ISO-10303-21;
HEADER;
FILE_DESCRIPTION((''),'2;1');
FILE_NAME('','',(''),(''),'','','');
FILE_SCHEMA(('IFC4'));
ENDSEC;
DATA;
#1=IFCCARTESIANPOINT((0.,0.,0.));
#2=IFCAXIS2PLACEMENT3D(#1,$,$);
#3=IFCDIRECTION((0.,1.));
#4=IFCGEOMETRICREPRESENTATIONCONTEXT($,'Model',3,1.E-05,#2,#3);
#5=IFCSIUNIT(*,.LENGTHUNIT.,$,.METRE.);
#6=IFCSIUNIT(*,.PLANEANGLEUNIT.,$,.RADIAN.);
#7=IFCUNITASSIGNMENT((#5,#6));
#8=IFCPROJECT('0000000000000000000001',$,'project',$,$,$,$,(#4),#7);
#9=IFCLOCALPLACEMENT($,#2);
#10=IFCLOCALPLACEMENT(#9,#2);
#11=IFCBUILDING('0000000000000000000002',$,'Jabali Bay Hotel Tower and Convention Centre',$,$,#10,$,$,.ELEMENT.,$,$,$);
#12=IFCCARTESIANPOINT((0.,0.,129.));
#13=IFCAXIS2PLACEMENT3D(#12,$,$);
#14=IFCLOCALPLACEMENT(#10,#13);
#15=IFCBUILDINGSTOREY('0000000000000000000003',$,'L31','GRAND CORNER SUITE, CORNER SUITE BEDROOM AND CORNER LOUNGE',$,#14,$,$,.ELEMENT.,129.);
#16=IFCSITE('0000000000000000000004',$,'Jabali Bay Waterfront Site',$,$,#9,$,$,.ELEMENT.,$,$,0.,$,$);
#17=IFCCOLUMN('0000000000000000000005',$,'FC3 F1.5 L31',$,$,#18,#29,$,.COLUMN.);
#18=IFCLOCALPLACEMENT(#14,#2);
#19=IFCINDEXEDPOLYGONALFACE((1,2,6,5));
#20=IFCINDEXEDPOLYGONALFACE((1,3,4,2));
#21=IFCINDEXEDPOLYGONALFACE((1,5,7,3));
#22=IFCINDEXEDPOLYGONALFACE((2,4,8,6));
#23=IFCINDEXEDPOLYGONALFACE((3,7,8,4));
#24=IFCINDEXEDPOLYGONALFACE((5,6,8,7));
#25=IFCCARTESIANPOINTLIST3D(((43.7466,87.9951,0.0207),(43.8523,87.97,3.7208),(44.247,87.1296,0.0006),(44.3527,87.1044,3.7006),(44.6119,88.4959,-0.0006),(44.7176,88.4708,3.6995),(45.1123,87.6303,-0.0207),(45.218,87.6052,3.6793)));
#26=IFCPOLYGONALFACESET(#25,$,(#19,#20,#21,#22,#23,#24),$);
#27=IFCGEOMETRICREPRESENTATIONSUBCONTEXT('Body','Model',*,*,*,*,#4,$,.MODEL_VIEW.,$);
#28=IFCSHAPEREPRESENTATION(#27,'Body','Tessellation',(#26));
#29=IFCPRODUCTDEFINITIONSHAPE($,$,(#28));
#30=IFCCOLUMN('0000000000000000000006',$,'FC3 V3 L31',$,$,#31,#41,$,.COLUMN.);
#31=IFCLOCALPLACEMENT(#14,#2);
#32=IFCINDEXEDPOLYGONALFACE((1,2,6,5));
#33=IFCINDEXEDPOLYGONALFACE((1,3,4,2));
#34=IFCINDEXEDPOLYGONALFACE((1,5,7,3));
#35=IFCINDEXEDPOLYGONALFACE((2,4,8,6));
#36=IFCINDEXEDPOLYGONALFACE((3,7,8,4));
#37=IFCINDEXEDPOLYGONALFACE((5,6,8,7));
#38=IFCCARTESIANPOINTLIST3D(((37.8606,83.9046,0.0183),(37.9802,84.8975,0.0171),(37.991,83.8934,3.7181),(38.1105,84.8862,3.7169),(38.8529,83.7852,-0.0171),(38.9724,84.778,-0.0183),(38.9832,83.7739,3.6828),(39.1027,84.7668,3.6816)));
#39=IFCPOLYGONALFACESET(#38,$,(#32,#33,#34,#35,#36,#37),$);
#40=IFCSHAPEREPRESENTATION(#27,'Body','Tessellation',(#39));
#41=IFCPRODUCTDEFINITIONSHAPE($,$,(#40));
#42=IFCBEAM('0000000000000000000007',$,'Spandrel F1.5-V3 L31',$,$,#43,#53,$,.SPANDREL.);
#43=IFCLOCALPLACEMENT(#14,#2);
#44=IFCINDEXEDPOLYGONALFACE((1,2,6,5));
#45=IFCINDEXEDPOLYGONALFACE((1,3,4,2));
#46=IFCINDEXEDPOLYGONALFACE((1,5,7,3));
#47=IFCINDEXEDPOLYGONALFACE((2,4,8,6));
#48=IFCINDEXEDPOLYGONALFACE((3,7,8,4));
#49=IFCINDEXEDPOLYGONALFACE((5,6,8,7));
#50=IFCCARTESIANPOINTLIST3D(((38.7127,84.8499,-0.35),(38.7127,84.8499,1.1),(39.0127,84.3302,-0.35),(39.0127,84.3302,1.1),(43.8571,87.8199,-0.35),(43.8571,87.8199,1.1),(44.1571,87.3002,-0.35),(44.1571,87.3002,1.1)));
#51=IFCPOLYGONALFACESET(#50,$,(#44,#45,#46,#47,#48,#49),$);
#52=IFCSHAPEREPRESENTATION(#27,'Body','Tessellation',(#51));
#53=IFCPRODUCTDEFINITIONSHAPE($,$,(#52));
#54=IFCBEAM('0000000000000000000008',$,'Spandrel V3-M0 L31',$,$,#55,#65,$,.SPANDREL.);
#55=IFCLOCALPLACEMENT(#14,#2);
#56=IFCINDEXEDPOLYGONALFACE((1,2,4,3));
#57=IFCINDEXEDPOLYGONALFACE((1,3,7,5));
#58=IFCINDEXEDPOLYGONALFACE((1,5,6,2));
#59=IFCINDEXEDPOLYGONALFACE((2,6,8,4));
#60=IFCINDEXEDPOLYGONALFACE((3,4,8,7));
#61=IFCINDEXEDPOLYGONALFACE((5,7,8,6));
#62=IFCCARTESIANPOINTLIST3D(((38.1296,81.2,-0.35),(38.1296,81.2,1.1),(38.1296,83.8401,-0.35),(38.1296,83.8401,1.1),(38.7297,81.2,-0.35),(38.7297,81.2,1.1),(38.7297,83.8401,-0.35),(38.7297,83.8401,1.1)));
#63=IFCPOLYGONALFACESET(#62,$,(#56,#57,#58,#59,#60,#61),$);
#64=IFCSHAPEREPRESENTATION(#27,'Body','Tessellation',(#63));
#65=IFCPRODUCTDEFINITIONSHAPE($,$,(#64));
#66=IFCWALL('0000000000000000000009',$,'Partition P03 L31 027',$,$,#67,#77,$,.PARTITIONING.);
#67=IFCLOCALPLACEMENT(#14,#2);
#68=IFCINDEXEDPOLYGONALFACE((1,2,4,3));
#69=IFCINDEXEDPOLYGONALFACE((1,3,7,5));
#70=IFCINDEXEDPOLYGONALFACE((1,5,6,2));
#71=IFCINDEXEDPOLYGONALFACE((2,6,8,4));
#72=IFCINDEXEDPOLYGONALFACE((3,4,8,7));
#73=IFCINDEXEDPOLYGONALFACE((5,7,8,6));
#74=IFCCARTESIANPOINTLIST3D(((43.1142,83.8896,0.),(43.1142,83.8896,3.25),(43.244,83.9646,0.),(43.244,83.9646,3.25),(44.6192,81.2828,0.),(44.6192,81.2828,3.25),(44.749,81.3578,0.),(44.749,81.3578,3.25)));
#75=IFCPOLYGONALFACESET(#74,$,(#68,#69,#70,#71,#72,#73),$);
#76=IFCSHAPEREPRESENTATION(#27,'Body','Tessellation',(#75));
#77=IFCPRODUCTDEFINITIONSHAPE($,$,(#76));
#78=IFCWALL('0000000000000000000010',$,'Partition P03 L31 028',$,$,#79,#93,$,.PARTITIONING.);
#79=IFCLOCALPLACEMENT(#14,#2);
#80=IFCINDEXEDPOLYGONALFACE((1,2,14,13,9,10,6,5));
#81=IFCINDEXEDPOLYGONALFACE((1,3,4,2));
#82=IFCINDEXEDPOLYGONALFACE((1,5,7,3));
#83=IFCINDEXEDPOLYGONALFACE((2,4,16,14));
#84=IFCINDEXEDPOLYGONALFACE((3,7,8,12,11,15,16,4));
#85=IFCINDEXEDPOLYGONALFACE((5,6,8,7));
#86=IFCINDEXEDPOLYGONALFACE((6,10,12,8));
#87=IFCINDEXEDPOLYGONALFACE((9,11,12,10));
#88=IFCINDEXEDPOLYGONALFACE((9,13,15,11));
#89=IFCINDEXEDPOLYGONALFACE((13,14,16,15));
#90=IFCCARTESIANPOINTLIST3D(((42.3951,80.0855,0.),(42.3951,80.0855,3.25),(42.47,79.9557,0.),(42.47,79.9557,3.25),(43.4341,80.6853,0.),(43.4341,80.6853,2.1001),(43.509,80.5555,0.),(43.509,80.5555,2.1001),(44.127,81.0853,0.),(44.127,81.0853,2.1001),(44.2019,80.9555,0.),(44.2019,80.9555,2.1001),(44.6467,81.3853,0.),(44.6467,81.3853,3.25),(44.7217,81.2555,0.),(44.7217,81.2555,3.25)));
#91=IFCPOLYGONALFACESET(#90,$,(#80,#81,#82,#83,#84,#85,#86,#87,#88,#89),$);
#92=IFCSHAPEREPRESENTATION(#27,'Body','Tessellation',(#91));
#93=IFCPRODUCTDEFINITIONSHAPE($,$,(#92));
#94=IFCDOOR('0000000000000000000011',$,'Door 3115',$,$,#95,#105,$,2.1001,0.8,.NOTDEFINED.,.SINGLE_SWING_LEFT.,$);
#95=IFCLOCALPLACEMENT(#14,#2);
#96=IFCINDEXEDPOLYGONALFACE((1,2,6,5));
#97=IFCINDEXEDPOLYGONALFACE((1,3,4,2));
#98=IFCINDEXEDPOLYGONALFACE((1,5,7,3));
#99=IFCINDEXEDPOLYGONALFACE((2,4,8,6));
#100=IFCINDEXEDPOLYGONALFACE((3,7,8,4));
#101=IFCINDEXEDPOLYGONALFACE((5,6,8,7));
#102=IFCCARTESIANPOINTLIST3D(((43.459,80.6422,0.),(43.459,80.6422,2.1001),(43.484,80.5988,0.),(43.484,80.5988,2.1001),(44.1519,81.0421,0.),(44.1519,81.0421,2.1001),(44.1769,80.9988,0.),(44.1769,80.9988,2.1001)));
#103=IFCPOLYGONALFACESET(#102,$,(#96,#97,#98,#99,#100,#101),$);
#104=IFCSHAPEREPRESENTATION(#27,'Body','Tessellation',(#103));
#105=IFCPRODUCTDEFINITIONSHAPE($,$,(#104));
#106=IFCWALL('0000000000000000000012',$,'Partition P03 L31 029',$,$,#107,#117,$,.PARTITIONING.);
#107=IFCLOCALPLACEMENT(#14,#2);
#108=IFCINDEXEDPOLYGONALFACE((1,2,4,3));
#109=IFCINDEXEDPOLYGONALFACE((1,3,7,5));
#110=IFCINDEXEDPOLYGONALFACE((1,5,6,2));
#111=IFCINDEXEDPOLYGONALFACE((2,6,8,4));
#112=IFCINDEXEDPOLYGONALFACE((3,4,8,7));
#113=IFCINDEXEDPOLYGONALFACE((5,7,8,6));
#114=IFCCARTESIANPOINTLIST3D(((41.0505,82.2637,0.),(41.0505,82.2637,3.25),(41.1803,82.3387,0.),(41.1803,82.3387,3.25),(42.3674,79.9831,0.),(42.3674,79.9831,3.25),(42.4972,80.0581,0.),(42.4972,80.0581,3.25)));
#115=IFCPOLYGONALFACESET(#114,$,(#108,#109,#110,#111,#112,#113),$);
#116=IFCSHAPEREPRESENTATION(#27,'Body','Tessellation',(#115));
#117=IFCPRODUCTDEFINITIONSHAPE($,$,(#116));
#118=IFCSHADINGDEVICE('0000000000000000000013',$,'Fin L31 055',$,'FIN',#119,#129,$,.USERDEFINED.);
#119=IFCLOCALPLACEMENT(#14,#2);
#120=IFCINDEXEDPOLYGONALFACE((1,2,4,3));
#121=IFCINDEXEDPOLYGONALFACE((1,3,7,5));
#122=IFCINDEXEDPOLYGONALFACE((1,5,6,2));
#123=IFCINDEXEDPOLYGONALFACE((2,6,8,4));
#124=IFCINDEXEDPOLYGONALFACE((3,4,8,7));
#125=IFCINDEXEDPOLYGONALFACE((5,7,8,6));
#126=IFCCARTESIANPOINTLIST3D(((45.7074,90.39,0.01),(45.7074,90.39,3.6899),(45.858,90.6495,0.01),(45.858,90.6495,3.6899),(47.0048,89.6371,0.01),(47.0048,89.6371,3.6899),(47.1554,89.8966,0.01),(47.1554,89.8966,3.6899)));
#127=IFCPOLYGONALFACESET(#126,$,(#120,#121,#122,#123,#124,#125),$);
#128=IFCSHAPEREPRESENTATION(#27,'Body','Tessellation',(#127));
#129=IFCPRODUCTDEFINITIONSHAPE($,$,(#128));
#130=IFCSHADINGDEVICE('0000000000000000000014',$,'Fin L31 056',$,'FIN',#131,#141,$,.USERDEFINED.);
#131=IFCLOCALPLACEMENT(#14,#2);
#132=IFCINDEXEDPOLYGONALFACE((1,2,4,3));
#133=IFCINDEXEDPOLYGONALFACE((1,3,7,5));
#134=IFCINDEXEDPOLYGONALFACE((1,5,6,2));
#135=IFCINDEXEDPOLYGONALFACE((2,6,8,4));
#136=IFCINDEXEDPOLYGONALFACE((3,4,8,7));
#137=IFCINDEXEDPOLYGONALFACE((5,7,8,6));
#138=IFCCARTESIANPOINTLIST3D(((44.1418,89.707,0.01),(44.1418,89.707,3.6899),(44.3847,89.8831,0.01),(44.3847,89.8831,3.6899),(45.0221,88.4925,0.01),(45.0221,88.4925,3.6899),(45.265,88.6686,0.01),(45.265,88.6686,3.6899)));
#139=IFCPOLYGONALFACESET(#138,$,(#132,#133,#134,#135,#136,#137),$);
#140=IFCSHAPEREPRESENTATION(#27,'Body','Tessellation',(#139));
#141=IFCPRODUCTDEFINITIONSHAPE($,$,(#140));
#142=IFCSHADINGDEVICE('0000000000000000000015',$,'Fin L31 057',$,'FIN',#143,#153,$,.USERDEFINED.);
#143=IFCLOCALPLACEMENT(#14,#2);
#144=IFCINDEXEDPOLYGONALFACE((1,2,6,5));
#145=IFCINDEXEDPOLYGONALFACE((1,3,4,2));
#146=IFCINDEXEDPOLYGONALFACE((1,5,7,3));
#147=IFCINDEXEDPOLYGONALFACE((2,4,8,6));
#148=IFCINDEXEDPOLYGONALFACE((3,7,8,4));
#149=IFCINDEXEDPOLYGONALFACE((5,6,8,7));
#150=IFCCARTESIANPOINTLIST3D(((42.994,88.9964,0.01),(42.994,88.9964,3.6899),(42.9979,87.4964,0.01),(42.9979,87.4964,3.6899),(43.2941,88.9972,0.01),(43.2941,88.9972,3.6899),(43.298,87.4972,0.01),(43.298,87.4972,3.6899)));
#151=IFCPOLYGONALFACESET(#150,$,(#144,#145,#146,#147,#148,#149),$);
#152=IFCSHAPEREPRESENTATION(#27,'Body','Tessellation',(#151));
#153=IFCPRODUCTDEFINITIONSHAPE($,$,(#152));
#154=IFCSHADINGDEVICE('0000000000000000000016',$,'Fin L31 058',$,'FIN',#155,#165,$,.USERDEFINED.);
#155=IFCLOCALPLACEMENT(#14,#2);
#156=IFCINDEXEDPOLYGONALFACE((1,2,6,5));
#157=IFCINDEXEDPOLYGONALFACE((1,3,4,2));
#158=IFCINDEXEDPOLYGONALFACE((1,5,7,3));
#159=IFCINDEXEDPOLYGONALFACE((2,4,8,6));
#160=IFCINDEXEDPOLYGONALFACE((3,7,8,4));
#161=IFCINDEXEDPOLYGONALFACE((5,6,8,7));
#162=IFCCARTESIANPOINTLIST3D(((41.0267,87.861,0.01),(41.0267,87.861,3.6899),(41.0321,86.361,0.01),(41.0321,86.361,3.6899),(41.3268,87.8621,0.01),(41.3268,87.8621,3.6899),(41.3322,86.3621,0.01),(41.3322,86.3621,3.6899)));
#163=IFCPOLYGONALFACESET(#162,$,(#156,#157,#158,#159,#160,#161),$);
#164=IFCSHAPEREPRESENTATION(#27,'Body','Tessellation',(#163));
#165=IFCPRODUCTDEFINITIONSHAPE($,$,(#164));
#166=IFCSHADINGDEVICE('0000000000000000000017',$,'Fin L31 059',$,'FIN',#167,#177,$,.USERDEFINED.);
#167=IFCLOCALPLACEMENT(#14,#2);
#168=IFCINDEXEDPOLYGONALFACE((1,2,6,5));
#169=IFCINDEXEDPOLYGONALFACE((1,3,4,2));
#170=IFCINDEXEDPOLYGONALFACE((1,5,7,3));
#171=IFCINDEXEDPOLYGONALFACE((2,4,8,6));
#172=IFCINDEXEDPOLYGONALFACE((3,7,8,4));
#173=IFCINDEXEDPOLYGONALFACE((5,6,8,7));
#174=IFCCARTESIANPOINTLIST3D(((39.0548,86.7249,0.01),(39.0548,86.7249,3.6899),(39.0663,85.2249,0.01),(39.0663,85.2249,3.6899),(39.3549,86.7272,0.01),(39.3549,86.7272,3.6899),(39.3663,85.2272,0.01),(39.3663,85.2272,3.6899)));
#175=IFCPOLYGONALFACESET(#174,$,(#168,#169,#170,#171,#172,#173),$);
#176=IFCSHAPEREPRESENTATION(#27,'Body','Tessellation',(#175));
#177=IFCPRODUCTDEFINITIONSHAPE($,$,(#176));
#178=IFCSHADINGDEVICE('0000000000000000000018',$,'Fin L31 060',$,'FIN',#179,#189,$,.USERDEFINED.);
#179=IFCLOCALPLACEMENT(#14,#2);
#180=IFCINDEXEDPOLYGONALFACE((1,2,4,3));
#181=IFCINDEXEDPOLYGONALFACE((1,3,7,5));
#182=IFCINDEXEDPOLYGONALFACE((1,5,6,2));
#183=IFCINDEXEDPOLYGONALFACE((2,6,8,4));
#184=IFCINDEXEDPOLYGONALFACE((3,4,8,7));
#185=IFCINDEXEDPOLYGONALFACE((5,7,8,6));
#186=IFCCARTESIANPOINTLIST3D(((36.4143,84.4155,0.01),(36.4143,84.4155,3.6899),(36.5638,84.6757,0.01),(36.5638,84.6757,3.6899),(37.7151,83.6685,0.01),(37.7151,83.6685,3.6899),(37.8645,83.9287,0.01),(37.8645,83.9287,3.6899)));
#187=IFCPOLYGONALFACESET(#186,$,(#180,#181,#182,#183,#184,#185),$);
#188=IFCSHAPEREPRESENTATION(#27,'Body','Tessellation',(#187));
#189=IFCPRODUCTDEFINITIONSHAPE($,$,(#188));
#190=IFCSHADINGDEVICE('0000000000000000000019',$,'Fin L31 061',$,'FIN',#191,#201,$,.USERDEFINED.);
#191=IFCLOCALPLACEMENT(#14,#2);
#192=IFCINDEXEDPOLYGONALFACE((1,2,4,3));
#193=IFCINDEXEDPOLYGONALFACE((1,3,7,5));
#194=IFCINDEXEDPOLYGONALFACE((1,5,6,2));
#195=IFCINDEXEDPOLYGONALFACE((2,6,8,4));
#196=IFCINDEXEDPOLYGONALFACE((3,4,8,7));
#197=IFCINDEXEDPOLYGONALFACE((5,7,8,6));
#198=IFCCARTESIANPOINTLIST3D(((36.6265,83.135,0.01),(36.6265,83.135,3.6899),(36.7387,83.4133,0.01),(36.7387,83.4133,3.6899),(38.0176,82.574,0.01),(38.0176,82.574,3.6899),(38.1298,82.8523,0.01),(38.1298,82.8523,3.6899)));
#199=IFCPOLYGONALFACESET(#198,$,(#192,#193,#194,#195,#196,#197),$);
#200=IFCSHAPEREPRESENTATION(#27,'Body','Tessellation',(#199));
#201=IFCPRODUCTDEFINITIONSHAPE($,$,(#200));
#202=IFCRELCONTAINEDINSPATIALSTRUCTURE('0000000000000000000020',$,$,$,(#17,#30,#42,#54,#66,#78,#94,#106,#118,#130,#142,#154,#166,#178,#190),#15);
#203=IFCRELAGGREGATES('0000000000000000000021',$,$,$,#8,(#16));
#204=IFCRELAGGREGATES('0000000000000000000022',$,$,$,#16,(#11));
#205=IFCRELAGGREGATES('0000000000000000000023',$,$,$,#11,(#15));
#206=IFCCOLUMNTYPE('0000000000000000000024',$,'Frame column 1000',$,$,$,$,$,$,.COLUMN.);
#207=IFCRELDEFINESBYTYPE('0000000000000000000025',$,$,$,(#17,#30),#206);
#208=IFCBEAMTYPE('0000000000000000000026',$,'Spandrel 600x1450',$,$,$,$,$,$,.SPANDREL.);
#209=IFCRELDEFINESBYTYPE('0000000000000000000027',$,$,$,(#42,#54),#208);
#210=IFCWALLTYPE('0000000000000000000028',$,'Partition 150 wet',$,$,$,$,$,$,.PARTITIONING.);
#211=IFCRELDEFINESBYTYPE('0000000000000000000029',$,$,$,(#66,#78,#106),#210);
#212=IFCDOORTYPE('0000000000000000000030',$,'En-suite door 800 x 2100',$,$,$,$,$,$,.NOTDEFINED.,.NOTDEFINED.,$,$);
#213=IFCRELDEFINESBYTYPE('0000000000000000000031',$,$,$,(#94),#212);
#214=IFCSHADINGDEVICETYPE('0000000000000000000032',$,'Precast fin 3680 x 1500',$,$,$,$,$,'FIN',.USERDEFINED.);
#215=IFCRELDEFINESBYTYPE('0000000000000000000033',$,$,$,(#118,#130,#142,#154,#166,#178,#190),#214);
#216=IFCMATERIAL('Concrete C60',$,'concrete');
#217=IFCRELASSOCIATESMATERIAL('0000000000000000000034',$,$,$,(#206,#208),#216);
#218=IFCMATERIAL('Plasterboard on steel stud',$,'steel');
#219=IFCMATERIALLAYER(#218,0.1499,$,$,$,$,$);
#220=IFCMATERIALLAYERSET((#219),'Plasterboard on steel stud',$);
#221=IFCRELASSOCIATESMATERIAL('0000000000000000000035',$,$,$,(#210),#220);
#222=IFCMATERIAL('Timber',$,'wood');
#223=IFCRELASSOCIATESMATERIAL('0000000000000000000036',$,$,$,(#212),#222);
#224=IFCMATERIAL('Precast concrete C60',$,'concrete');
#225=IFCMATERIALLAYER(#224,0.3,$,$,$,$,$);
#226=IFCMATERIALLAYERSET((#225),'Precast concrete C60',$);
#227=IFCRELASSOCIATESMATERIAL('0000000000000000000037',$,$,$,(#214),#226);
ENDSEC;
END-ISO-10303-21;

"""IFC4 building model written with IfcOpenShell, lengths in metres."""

from ifc_helpers import new_model, si_unit, direction, frame, frame_2d, origin, origin_2d, place, context, subcontext, project, spatial, rectangle, extrude, material, layer, layer_set, material_profile, profile_set, type_object, element, fill, save


model = new_model("IFC4")

# Units and contexts
model_context = context("Model", 3, precision=1e-05, world=origin(), true_north=direction((0.0, 1.0)))
body_context = subcontext(model_context, "Body", "Model", "MODEL_VIEW")
ifc_project = project(units=[si_unit("LENGTHUNIT", "METRE"), si_unit("PLANEANGLEUNIT", "RADIAN")], contexts=[model_context])

# Site, building, storey
site_placement = place(None, origin())
site = spatial("IfcSite", under=ifc_project, at=site_placement, Name="Jabali Bay Waterfront Site", CompositionType="ELEMENT", RefElevation=0.0)
building_placement = place(site_placement, origin())
building = spatial("IfcBuilding", under=site, at=building_placement, Name="Jabali Bay Hotel Tower and Convention Centre", CompositionType="ELEMENT")
storey_placement = place(building_placement, frame((0.0, 0.0, 129.0)))
storey = spatial("IfcBuildingStorey", under=building, at=storey_placement, Name="L31", Description="GRAND CORNER SUITE, CORNER SUITE BEDROOM AND CORNER LOUNGE", CompositionType="ELEMENT", Elevation=129.0)

# Columns
ifc_material_1 = material(Name="Concrete C60", Category="concrete")
ifc_material_profile_1 = material_profile(ifc_material_1, rectangle(XDim=1.0, YDim=1.0, at=origin_2d()), Name="Frame column 1000")
ifc_profile_set_1 = profile_set([ifc_material_profile_1], Name="Concrete C60")
column_type = type_object("IfcColumnType", Name="Frame column 1000", PredefinedType="COLUMN", material=ifc_profile_set_1)
column_1_placement = place(storey_placement, frame((44.4294, 87.8127, 0.0), z_axis=(0.028559, -0.006794, 0.999569), x_axis=(-0.5004, 0.865559, 0.02018)))
element("IfcColumn", 1, at=column_1_placement, inside=storey, type_object=column_type, Name="FC3 F1.5 L31", PredefinedType="COLUMN", context=body_context, shape_type="SweptSolid", body=[
    extrude(rectangle(XDim=1.0, YDim=1.0, at=origin_2d()), origin(), (0.0, 0.0, 1.0), 3.7017),
])
column_2_placement = place(storey_placement, frame((38.4165, 84.3413, 0.0), z_axis=(0.035214, -0.003033, 0.999375), x_axis=(-0.992208, 0.119477, 0.035324)))
element("IfcColumn", 2, at=column_2_placement, inside=storey, type_object=column_type, Name="FC3 V3 L31", PredefinedType="COLUMN", context=body_context, shape_type="SweptSolid", body=[
    extrude(rectangle(XDim=1.0, YDim=1.0, at=origin_2d()), origin(), (0.0, 0.0, 1.0), 3.7021),
])

# Beams
ifc_material_profile_2 = material_profile(ifc_material_1, rectangle(XDim=0.6001, YDim=1.45, at=origin_2d()), Name="Spandrel 600x1450")
ifc_profile_set_2 = profile_set([ifc_material_profile_2], Name="Concrete C60")
beam_type = type_object("IfcBeamType", Name="Spandrel 600x1450", PredefinedType="SPANDREL", material=ifc_profile_set_2)
beam_1_placement = place(storey_placement, frame((44.0071, 87.5601, 0.375), z_axis=(-0.866032, -0.499989, 0.0), x_axis=(0.499989, -0.866032, 0.0)))
element("IfcBeam", 3, at=beam_1_placement, inside=storey, type_object=beam_type, Name="Spandrel F1.5-V3 L31", PredefinedType="SPANDREL", context=body_context, shape_type="SweptSolid", body=[
    extrude(rectangle(XDim=0.6001, YDim=1.45, at=origin_2d()), origin(), (0.0, 0.0, 1.0), 5.9402),
])
beam_2_placement = place(storey_placement, frame((38.4297, 83.8401, 0.375), z_axis=(0.0, -1.0, 0.0), x_axis=(1.0, 0.0, 0.0)))
element("IfcBeam", 4, at=beam_2_placement, inside=storey, type_object=beam_type, Name="Spandrel V3-M0 L31", PredefinedType="SPANDREL", context=body_context, shape_type="SweptSolid", body=[
    extrude(rectangle(XDim=0.6001, YDim=1.45, at=origin_2d()), origin(), (0.0, 0.0, 1.0), 2.6401),
])

# Wall
ifc_material_2 = material(Name="Plasterboard on steel stud", Category="steel")
ifc_layer_1 = layer(ifc_material_2, 0.1499)
ifc_layer_set_1 = layer_set([ifc_layer_1], Name="Plasterboard on steel stud")
wall_type_1 = type_object("IfcWallType", Name="Partition 150 wet", PredefinedType="PARTITIONING", material=ifc_layer_set_1)
wall_1_placement = place(storey_placement, frame((43.1792, 83.927, 0.0), z_axis=(0.0, 0.0, 1.0), x_axis=(0.499978, -0.866038, 0.0)))
element("IfcWall", 5, at=wall_1_placement, inside=storey, type_object=wall_type_1, Name="Partition P03 L31 027", PredefinedType="PARTITIONING", context=body_context, shape_type="SweptSolid", body=[
    extrude(rectangle(XDim=3.01, YDim=0.1499, at=frame_2d((1.5049, 0.0))), origin(), (0.0, 0.0, 1.0), 3.25),
])

# Wall, opening, door
wall_2_placement = place(storey_placement, frame((44.6841, 81.3203, 0.0), z_axis=(0.0, 0.0, 1.0), x_axis=(-0.866062, -0.499937, 0.0)))
wall_2 = element("IfcWall", 6, at=wall_2_placement, inside=storey, type_object=wall_type_1, Name="Partition P03 L31 028", PredefinedType="PARTITIONING", context=body_context, shape_type="SweptSolid", body=[
    extrude(rectangle(XDim=2.5999, YDim=0.1499, at=frame_2d((1.2998, 0.0))), origin(), (0.0, 0.0, 1.0), 3.25),
])
opening_1_placement = place(wall_2_placement, frame((0.6001, 0.0, 0.0)))
opening_1 = element("IfcOpeningElement", 7, at=opening_1_placement, cuts=wall_2, PredefinedType="OPENING", context=body_context, shape_type="SweptSolid", body=[
    extrude(rectangle(XDim=0.8, YDim=2.1001, at=frame_2d((0.3999, 1.05))), frame((0.0, 0.0854, 0.0), z_axis=(0.0, -1.0, 0.0), x_axis=(1.0, 0.0, 0.0)), (0.0, 0.0, 1.0), 0.1709),
])
ifc_material_3 = material(Name="Timber", Category="wood")
door_type_1 = type_object("IfcDoorType", Name="En-suite door 800 x 2100", OperationType="NOTDEFINED", PredefinedType="NOTDEFINED", material=ifc_material_3)
door_1_placement = place(opening_1_placement, origin())
door_1 = element("IfcDoor", 8, at=door_1_placement, inside=storey, type_object=door_type_1, Name="Door 3115", OperationType="SINGLE_SWING_LEFT", OverallHeight=2.1001, OverallWidth=0.8, PredefinedType="NOTDEFINED", context=body_context, shape_type="SweptSolid", body=[
    extrude(rectangle(XDim=0.8, YDim=2.1001, at=frame_2d((0.3999, 1.05))), frame((0.0, 0.0249, 0.0), z_axis=(0.0, -1.0, 0.0), x_axis=(1.0, 0.0, 0.0)), (0.0, 0.0, 1.0), 0.05),
])
fill(opening_1, door_1)

# Wall
wall_3_placement = place(storey_placement, frame((42.4324, 80.0205, 0.0), z_axis=(0.0, 0.0, 1.0), x_axis=(-0.500068, 0.865986, 0.0)))
element("IfcWall", 9, at=wall_3_placement, inside=storey, type_object=wall_type_1, Name="Partition P03 L31 029", PredefinedType="PARTITIONING", context=body_context, shape_type="SweptSolid", body=[
    extrude(rectangle(XDim=2.6335, YDim=0.1499, at=frame_2d((1.3169, 0.0))), origin(), (0.0, 0.0, 1.0), 3.25),
])

# Shading devices
ifc_material_4 = material(Name="Precast concrete C60", Category="concrete")
ifc_layer_2 = layer(ifc_material_4, 0.3)
ifc_layer_set_2 = layer_set([ifc_layer_2], Name="Precast concrete C60")
shading_device_type = type_object("IfcShadingDeviceType", Name="Precast fin 3680 x 1500", ElementType="FIN", PredefinedType="USERDEFINED", material=ifc_layer_set_2)
for number, where, z_axis, x_axis, name in (
    (10, (47.0801, 89.7668, 0.01), (0.0, 0.0, 1.0), (-0.864898, 0.501947, 0.0), "Fin L31 055"),
    (11, (45.1436, 88.5806, 0.01), (0.0, 0.0, 1.0), (-0.586874, 0.809678, 0.0), "Fin L31 056"),
    (12, (43.1479, 87.4968, 0.01), (0.0, 0.0, 1.0), (-0.002604, 0.999997, 0.0), "Fin L31 057"),
    (13, (41.1821, 86.3616, 0.01), (0.0, 0.0, 1.0), (-0.003581, 0.999994, 0.0), "Fin L31 058"),
    (14, (39.2163, 85.2261, 0.01), (0.0, 0.0, 1.0), (-0.00765, 0.999971, 0.0), "Fin L31 059"),
    (15, (37.7898, 83.7986, 0.01), (0.0, 0.0, 1.0), (-0.867159, 0.498031, 0.0), "Fin L31 060"),
    (16, (38.0737, 82.7131, 0.01), (0.0, 0.0, 1.0), (-0.927418, 0.374027, 0.0), "Fin L31 061"),
):
    element("IfcShadingDevice", number, at=place(storey_placement, frame(where, z_axis=z_axis, x_axis=x_axis)), inside=storey, type_object=shading_device_type, Name=name, ObjectType="FIN", PredefinedType="USERDEFINED", context=body_context, shape_type="SweptSolid", body=[
        extrude(rectangle(XDim=1.5, YDim=0.3, at=frame_2d((0.75, 0.0))), origin(), (0.0, 0.0, 1.0), 3.6799),
    ])

save(model, "model.ifc")
